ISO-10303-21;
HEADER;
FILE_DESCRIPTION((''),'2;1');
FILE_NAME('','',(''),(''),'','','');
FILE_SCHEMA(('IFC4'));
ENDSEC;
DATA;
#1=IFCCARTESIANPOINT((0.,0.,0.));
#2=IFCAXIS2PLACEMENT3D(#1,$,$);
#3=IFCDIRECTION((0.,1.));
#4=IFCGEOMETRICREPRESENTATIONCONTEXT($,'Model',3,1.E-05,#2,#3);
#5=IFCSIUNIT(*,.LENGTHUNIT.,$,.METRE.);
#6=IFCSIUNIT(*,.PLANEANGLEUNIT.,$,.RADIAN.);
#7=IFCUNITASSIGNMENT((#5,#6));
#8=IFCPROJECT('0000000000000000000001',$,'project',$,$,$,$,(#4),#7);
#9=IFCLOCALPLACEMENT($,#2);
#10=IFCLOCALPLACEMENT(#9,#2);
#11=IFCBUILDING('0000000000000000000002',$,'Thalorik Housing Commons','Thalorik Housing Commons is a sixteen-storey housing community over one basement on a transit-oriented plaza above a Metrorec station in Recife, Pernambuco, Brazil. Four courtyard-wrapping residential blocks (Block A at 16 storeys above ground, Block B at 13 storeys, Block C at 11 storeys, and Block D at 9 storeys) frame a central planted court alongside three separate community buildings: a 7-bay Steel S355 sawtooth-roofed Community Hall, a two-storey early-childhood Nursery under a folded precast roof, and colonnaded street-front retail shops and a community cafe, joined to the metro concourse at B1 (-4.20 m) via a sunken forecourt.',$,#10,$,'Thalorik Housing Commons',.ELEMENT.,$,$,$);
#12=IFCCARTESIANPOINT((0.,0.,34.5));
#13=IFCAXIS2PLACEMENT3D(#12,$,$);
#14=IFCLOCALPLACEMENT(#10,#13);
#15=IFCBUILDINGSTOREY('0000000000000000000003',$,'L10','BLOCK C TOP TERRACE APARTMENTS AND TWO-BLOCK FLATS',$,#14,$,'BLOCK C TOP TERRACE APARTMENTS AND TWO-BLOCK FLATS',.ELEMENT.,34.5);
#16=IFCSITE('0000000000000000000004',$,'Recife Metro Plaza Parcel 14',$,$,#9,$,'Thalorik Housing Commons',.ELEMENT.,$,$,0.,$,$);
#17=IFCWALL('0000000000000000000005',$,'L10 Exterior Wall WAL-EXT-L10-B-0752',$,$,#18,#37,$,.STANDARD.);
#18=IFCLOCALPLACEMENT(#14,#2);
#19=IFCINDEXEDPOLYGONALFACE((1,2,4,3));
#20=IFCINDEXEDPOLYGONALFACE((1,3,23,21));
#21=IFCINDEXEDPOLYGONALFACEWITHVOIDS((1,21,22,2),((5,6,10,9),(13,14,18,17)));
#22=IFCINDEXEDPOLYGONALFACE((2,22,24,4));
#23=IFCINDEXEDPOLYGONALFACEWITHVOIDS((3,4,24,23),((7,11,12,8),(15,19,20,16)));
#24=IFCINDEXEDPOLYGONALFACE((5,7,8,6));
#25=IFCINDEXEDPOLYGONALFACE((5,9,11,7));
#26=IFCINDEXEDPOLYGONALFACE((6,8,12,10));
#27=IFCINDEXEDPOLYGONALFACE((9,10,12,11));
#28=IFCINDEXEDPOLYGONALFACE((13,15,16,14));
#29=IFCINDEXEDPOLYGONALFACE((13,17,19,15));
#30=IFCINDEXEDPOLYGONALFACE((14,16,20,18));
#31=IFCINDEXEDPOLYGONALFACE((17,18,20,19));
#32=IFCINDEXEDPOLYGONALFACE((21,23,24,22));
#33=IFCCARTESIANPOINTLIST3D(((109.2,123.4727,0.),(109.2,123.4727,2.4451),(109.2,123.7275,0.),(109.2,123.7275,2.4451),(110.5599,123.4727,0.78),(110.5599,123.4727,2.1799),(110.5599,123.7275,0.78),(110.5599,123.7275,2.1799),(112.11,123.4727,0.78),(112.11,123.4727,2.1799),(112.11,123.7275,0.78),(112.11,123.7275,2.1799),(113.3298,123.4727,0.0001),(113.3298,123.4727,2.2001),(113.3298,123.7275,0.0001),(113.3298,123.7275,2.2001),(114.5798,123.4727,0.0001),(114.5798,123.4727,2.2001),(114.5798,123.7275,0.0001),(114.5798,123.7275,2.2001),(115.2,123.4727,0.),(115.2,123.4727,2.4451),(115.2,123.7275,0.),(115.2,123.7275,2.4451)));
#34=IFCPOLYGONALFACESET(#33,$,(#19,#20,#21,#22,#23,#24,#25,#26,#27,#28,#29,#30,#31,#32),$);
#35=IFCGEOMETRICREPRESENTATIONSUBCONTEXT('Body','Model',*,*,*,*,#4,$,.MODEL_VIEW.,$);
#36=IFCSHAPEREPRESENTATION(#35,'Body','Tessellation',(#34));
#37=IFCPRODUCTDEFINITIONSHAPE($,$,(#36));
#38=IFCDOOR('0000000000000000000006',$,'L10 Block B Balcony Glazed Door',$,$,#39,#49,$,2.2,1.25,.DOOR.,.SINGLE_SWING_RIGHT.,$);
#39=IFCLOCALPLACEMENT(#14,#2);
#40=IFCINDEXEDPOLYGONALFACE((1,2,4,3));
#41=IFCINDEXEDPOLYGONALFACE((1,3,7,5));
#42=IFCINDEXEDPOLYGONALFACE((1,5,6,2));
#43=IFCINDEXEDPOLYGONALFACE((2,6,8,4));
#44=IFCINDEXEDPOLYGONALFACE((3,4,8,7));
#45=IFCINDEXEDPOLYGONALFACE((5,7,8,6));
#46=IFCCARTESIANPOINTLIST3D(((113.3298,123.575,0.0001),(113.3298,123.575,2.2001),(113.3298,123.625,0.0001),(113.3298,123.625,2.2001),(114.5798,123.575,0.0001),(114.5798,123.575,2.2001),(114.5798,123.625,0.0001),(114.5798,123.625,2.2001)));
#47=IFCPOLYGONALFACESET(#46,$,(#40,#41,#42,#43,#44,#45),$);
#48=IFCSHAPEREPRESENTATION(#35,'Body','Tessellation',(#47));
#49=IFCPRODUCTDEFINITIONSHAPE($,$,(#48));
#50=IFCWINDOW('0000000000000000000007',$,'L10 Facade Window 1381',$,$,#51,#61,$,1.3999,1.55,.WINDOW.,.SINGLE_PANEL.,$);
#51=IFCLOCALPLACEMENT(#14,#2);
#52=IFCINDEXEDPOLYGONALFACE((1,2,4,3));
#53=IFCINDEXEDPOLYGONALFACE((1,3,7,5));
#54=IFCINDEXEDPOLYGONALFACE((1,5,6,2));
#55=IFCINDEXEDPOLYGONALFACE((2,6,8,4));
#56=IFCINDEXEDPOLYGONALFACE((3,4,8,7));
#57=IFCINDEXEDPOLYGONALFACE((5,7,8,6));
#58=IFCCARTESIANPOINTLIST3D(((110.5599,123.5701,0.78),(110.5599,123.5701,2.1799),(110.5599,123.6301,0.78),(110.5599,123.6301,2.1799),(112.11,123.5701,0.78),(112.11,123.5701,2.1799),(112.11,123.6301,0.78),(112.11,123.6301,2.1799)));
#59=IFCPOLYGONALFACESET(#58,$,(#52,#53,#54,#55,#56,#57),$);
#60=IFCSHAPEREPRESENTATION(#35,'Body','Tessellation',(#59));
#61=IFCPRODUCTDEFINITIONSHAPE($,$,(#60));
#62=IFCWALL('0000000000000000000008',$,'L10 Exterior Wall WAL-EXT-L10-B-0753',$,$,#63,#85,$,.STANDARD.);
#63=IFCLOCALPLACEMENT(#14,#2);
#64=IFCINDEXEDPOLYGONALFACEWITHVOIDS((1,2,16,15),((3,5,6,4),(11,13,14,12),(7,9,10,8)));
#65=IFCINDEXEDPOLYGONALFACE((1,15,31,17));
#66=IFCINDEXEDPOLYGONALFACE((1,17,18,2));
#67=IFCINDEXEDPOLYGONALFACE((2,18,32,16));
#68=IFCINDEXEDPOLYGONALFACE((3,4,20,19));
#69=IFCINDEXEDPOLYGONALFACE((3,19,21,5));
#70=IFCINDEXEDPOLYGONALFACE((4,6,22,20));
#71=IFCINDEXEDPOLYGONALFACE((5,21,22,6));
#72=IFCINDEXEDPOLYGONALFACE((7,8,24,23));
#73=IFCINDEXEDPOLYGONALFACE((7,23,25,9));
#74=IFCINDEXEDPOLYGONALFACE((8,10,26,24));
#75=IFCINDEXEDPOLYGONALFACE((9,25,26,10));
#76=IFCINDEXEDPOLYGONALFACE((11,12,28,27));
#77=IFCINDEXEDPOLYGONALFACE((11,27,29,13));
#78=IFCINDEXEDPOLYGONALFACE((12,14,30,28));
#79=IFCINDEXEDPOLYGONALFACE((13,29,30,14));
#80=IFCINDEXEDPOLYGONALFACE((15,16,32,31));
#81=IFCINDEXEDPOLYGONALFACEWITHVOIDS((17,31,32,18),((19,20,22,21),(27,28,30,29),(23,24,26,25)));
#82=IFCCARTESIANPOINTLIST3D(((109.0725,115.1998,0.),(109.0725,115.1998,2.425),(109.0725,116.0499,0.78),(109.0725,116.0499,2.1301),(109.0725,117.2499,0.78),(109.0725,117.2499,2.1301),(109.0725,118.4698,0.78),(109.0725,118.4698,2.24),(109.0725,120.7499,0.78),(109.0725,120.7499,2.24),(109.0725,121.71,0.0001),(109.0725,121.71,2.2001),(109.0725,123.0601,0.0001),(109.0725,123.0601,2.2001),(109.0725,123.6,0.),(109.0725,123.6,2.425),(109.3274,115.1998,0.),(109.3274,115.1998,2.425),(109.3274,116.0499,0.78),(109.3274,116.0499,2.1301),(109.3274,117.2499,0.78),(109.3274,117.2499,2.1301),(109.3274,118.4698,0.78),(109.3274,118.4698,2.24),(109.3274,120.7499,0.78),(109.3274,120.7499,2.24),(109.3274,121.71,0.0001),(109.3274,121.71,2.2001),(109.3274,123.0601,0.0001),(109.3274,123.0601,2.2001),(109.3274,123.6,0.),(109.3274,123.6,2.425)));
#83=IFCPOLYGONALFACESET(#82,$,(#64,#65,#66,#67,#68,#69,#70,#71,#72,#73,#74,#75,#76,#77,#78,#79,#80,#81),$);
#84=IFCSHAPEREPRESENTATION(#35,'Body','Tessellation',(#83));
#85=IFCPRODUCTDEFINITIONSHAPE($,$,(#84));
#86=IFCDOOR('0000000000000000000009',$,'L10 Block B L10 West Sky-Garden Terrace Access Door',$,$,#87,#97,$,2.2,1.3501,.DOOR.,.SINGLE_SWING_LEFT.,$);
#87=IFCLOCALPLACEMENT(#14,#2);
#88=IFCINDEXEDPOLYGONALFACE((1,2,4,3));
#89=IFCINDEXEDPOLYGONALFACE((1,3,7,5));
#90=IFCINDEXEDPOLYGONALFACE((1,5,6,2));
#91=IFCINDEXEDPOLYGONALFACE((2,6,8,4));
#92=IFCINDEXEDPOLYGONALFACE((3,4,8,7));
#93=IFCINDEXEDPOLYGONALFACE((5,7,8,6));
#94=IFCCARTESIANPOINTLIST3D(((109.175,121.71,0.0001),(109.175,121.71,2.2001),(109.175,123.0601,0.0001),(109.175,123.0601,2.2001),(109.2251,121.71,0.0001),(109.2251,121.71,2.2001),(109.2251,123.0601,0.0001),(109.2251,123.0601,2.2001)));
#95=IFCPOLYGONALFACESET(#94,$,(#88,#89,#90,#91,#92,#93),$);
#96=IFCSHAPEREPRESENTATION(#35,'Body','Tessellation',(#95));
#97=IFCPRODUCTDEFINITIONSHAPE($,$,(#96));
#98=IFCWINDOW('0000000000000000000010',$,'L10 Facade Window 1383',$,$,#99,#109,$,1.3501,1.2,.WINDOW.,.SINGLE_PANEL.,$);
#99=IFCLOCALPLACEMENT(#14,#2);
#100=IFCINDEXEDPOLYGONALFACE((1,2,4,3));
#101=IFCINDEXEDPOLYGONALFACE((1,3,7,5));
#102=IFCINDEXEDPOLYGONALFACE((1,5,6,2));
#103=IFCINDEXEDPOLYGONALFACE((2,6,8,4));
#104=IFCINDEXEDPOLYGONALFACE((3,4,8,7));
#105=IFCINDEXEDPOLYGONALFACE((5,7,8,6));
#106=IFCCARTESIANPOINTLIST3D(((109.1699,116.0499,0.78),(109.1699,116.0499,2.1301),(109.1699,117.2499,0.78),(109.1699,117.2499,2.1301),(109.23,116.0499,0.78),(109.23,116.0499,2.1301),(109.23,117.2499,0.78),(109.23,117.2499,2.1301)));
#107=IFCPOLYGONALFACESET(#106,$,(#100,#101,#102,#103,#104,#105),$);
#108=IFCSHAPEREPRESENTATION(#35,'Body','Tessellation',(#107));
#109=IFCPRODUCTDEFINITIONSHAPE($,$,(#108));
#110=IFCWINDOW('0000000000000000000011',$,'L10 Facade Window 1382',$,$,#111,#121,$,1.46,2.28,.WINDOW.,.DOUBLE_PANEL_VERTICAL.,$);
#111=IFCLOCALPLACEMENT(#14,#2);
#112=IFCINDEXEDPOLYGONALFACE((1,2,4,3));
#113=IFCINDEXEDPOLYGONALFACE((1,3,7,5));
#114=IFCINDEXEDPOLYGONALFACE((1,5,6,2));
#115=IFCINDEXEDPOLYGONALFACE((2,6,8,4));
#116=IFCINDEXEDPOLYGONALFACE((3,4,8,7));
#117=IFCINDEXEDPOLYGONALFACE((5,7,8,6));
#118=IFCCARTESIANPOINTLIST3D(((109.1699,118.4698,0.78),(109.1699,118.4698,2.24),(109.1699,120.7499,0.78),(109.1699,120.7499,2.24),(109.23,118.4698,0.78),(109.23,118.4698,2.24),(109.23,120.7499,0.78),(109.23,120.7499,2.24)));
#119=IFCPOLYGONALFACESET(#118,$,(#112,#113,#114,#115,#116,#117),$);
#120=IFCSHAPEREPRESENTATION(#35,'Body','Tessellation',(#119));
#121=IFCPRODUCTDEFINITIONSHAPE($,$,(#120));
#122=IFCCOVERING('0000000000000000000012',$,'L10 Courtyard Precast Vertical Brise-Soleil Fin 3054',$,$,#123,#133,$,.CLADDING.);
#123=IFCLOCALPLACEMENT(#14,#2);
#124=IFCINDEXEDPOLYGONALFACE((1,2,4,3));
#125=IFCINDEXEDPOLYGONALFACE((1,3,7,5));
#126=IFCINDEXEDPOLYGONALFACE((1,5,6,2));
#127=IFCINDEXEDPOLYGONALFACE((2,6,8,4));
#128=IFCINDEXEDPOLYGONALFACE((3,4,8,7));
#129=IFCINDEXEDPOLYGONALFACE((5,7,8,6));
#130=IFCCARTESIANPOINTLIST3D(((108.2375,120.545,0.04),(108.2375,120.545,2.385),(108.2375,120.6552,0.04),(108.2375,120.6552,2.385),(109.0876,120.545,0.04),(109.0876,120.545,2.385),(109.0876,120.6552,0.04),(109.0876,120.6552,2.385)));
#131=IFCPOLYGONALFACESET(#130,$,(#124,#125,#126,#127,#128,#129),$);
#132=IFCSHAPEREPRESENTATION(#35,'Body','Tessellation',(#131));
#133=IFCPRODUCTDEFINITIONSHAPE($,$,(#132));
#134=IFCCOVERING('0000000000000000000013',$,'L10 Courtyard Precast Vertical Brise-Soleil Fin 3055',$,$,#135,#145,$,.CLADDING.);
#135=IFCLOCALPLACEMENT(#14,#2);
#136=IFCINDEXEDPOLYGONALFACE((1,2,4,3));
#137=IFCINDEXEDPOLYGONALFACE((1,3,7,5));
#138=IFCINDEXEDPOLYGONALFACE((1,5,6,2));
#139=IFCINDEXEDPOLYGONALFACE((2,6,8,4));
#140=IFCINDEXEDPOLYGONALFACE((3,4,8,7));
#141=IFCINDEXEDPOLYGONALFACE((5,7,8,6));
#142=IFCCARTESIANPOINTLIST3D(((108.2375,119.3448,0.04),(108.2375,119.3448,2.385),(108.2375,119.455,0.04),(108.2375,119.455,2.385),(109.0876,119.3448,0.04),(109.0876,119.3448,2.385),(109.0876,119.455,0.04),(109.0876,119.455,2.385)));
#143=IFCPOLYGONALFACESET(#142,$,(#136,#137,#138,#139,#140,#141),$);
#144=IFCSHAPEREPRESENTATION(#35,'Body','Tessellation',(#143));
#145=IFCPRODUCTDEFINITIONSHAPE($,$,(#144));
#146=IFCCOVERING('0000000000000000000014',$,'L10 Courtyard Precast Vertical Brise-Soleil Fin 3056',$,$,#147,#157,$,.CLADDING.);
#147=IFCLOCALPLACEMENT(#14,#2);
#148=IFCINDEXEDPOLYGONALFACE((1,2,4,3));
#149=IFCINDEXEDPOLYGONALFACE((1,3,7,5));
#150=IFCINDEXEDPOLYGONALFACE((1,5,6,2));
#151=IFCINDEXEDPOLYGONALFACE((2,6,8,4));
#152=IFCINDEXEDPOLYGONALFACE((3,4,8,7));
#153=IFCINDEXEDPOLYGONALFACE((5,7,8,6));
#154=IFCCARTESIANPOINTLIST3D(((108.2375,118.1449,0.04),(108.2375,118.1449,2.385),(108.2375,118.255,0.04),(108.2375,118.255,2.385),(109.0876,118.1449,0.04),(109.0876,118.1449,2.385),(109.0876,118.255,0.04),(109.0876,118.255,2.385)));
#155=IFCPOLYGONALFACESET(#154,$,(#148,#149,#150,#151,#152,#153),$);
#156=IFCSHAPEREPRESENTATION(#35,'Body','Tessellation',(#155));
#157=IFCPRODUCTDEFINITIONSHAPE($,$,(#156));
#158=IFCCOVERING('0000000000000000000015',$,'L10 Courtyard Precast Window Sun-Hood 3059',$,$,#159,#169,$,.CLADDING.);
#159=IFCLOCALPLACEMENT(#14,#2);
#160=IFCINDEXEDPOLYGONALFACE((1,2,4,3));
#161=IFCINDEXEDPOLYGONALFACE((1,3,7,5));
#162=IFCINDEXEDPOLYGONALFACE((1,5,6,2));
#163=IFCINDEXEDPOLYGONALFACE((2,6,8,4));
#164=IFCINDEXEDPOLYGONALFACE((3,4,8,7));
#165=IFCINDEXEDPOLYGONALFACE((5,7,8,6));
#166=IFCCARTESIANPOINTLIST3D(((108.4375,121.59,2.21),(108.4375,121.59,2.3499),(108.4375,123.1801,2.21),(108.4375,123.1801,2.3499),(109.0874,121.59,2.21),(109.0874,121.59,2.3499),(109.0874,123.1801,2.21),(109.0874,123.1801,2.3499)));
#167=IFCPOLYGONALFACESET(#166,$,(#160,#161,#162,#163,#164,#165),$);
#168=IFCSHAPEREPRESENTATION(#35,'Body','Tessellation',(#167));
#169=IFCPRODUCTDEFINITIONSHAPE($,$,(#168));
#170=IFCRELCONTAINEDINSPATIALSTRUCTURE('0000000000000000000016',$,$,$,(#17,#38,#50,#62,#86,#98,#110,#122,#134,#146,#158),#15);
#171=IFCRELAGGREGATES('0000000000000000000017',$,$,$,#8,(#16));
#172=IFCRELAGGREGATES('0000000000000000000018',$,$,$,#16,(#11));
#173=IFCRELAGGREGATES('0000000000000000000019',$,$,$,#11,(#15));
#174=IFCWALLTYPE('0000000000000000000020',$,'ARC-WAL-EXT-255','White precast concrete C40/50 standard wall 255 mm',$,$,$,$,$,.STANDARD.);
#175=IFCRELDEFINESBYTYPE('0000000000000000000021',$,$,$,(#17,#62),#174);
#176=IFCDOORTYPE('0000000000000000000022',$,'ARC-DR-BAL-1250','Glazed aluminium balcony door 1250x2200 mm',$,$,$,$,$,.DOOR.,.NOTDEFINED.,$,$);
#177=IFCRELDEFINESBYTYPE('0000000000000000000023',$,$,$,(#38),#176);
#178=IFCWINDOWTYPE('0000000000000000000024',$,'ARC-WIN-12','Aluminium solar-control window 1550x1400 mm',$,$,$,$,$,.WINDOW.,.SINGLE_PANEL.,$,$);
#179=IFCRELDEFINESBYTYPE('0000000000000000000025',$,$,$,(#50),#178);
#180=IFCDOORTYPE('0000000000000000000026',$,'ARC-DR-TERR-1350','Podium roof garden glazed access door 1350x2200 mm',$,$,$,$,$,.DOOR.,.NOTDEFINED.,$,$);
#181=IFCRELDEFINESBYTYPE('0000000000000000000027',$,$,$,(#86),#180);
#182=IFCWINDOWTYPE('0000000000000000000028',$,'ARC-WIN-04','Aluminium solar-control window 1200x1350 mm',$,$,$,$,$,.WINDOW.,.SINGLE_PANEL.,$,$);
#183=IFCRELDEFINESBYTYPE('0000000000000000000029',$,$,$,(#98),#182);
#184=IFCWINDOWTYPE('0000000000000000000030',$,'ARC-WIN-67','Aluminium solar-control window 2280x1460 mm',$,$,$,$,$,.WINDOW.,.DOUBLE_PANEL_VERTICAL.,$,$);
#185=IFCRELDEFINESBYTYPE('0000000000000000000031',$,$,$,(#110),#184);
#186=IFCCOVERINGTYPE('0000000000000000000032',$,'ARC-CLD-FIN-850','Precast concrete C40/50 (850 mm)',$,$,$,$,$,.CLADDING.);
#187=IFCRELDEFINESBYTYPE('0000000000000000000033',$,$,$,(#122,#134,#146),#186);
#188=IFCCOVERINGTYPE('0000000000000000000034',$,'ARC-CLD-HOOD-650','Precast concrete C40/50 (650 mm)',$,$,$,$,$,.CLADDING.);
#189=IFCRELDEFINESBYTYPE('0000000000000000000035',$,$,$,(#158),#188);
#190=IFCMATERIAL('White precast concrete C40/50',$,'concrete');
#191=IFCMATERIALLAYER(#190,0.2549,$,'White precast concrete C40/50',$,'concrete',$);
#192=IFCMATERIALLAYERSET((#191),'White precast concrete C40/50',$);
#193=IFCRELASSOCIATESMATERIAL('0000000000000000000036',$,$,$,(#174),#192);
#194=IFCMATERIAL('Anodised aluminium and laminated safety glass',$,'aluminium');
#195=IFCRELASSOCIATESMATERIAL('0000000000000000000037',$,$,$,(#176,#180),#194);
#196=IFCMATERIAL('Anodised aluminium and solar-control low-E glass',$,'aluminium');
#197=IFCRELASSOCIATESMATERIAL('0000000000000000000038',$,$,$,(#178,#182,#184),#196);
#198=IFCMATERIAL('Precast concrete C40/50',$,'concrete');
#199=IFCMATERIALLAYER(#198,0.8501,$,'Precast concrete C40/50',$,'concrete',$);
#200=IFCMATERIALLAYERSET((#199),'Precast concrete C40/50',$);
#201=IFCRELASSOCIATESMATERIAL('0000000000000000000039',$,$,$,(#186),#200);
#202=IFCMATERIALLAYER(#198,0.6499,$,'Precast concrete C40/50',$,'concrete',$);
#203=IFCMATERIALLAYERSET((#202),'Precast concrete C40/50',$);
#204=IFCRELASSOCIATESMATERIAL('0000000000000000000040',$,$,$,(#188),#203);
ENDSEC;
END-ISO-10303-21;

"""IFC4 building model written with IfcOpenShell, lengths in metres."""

from ifc_helpers import new_model, si_unit, direction, frame, frame_2d, origin, origin_2d, place, context, subcontext, project, spatial, rectangle, extrude, material, layer, layer_set, type_object, element, fill, save


model = new_model("IFC4")

# Units and contexts
model_context = context("Model", 3, precision=1e-05, world=origin(), true_north=direction((0.0, 1.0)))
body_context = subcontext(model_context, "Body", "Model", "MODEL_VIEW")
ifc_project = project(units=[si_unit("LENGTHUNIT", "METRE"), si_unit("PLANEANGLEUNIT", "RADIAN")], contexts=[model_context])

# Site, building, storey
site_placement = place(None, origin())
site = spatial("IfcSite", under=ifc_project, at=site_placement, Name="Recife Metro Plaza Parcel 14", LongName="Thalorik Housing Commons", CompositionType="ELEMENT", RefElevation=0.0)
building_placement = place(site_placement, origin())
building = spatial("IfcBuilding", under=site, at=building_placement, Name="Thalorik Housing Commons", Description="Thalorik Housing Commons is a sixteen-storey housing community over one basement on a transit-oriented plaza above a Metrorec station in Recife, Pernambuco, Brazil. Four courtyard-wrapping residential blocks (Block A at 16 storeys above ground, Block B at 13 storeys, Block C at 11 storeys, and Block D at 9 storeys) frame a central planted court alongside three separate community buildings: a 7-bay Steel S355 sawtooth-roofed Community Hall, a two-storey early-childhood Nursery under a folded precast roof, and colonnaded street-front retail shops and a community cafe, joined to the metro concourse at B1 (-4.20 m) via a sunken forecourt.", LongName="Thalorik Housing Commons", CompositionType="ELEMENT")
storey_placement = place(building_placement, frame((0.0, 0.0, 34.5)))
storey = spatial("IfcBuildingStorey", under=building, at=storey_placement, Name="L10", Description="BLOCK C TOP TERRACE APARTMENTS AND TWO-BLOCK FLATS", LongName="BLOCK C TOP TERRACE APARTMENTS AND TWO-BLOCK FLATS", CompositionType="ELEMENT", Elevation=34.5)

# Shared definitions
ifc_material_1 = material(Name="Precast concrete C40/50", Category="concrete")

# Wall, openings, door, window
ifc_material_2 = material(Name="White precast concrete C40/50", Category="concrete")
ifc_layer_1 = layer(ifc_material_2, 0.2549, Name="White precast concrete C40/50", Category="concrete")
ifc_layer_set_1 = layer_set([ifc_layer_1], Name="White precast concrete C40/50")
wall_type_1 = type_object("IfcWallType", Name="ARC-WAL-EXT-255", Description="White precast concrete C40/50 standard wall 255 mm", PredefinedType="STANDARD", material=ifc_layer_set_1)
wall_1_placement = place(storey_placement, frame((115.2, 123.6001, 0.0), z_axis=(0.0, 0.0, 1.0), x_axis=(-1.0, 0.0, 0.0)))
wall_1 = element("IfcWall", 1, at=wall_1_placement, inside=storey, type_object=wall_type_1, Name="L10 Exterior Wall WAL-EXT-L10-B-0752", PredefinedType="STANDARD", context=body_context, shape_type="SweptSolid", body=[
    extrude(rectangle(XDim=6.0, YDim=0.2549, at=frame_2d((3.0, 0.0))), origin(), (0.0, 0.0, 1.0), 2.4451),
])
opening_1_placement = place(wall_1_placement, frame((0.6201, 0.0, 0.0)))
opening_1 = element("IfcOpeningElement", 2, at=opening_1_placement, cuts=wall_1, PredefinedType="OPENING", context=body_context, shape_type="SweptSolid", body=[
    extrude(rectangle(XDim=1.25, YDim=2.2, at=frame_2d((0.625, 1.1001))), frame((0.0, 0.1375, 0.0), z_axis=(0.0, -1.0, 0.0), x_axis=(1.0, 0.0, 0.0)), (0.0, 0.0, 1.0), 0.2749),
])
opening_2_placement = place(wall_1_placement, frame((3.0901, 0.0, 0.78)))
opening_2 = element("IfcOpeningElement", 3, at=opening_2_placement, cuts=wall_1, PredefinedType="OPENING", context=body_context, shape_type="SweptSolid", body=[
    extrude(rectangle(XDim=1.55, YDim=1.3999, at=frame_2d((0.7749, 0.7))), frame((0.0, 0.1375, 0.0), z_axis=(0.0, -1.0, 0.0), x_axis=(1.0, 0.0, 0.0)), (0.0, 0.0, 1.0), 0.2749),
])
ifc_material_3 = material(Name="Anodised aluminium and laminated safety glass", Category="aluminium")
door_type_1 = type_object("IfcDoorType", Name="ARC-DR-BAL-1250", Description="Glazed aluminium balcony door 1250x2200 mm", OperationType="NOTDEFINED", PredefinedType="DOOR", material=ifc_material_3)
door_1_placement = place(opening_1_placement, frame((1.25, 0.0, 0.0), z_axis=(0.0, 0.0, 1.0), x_axis=(-1.0, 0.0, 0.0)))
door_1 = element("IfcDoor", 4, at=door_1_placement, inside=storey, type_object=door_type_1, Name="L10 Block B Balcony Glazed Door", OperationType="SINGLE_SWING_RIGHT", OverallHeight=2.2, OverallWidth=1.25, PredefinedType="DOOR", context=body_context, shape_type="SweptSolid", body=[
    extrude(rectangle(XDim=1.25, YDim=2.2, at=frame_2d((0.625, 1.1001))), frame((0.0, 0.0249, 0.0), z_axis=(0.0, -1.0, 0.0), x_axis=(1.0, 0.0, 0.0)), (0.0, 0.0, 1.0), 0.05),
])
fill(opening_1, door_1)
ifc_material_4 = material(Name="Anodised aluminium and solar-control low-E glass", Category="aluminium")
window_type_1 = type_object("IfcWindowType", Name="ARC-WIN-12", Description="Aluminium solar-control window 1550x1400 mm", PartitioningType="SINGLE_PANEL", PredefinedType="WINDOW", material=ifc_material_4)
window_1_placement = place(opening_2_placement, origin())
window_1 = element("IfcWindow", 5, at=window_1_placement, inside=storey, type_object=window_type_1, Name="L10 Facade Window 1381", OverallHeight=1.3999, OverallWidth=1.55, PartitioningType="SINGLE_PANEL", PredefinedType="WINDOW", context=body_context, shape_type="SweptSolid", body=[
    extrude(rectangle(XDim=1.55, YDim=1.3999, at=frame_2d((0.7749, 0.7))), frame((0.0, 0.03, 0.0), z_axis=(0.0, -1.0, 0.0), x_axis=(1.0, 0.0, 0.0)), (0.0, 0.0, 1.0), 0.0601),
])
fill(opening_2, window_1)

# Wall, openings, door, windows
wall_2_placement = place(storey_placement, frame((109.2, 123.6001, 0.0), z_axis=(0.0, 0.0, 1.0), x_axis=(0.0, -1.0, 0.0)))
wall_2 = element("IfcWall", 6, at=wall_2_placement, inside=storey, type_object=wall_type_1, Name="L10 Exterior Wall WAL-EXT-L10-B-0753", PredefinedType="STANDARD", context=body_context, shape_type="SweptSolid", body=[
    extrude(rectangle(XDim=8.4001, YDim=0.2549, at=frame_2d((4.2002, 0.0))), origin(), (0.0, 0.0, 1.0), 2.425),
])
opening_3_placement = place(wall_2_placement, frame((0.54, 0.0, 0.0)))
opening_3 = element("IfcOpeningElement", 7, at=opening_3_placement, cuts=wall_2, PredefinedType="OPENING", context=body_context, shape_type="SweptSolid", body=[
    extrude(rectangle(XDim=1.3501, YDim=2.2, at=frame_2d((0.675, 1.1001))), frame((0.0, 0.1375, 0.0), z_axis=(0.0, -1.0, 0.0), x_axis=(1.0, 0.0, 0.0)), (0.0, 0.0, 1.0), 0.2749),
])
opening_4_placement = place(wall_2_placement, frame((2.8501, 0.0, 0.78)))
opening_4 = element("IfcOpeningElement", 8, at=opening_4_placement, cuts=wall_2, PredefinedType="OPENING", context=body_context, shape_type="SweptSolid", body=[
    extrude(rectangle(XDim=2.28, YDim=1.46, at=frame_2d((1.1401, 0.73))), frame((0.0, 0.1375, 0.0), z_axis=(0.0, -1.0, 0.0), x_axis=(1.0, 0.0, 0.0)), (0.0, 0.0, 1.0), 0.2749),
])
opening_5_placement = place(wall_2_placement, frame((6.3501, 0.0, 0.78)))
opening_5 = element("IfcOpeningElement", 9, at=opening_5_placement, cuts=wall_2, PredefinedType="OPENING", context=body_context, shape_type="SweptSolid", body=[
    extrude(rectangle(XDim=1.2, YDim=1.3501, at=frame_2d((0.6001, 0.675))), frame((0.0, 0.1375, 0.0), z_axis=(0.0, -1.0, 0.0), x_axis=(1.0, 0.0, 0.0)), (0.0, 0.0, 1.0), 0.2749),
])
door_type_2 = type_object("IfcDoorType", Name="ARC-DR-TERR-1350", Description="Podium roof garden glazed access door 1350x2200 mm", OperationType="NOTDEFINED", PredefinedType="DOOR", material=ifc_material_3)
door_2_placement = place(opening_3_placement, frame((1.3501, 0.0, 0.0), z_axis=(0.0, 0.0, 1.0), x_axis=(-1.0, 0.0, 0.0)))
door_2 = element("IfcDoor", 10, at=door_2_placement, inside=storey, type_object=door_type_2, Name="L10 Block B L10 West Sky-Garden Terrace Access Door", OperationType="SINGLE_SWING_LEFT", OverallHeight=2.2, OverallWidth=1.3501, PredefinedType="DOOR", context=body_context, shape_type="SweptSolid", body=[
    extrude(rectangle(XDim=1.3501, YDim=2.2, at=frame_2d((0.675, 1.1001))), frame((0.0, 0.0249, 0.0), z_axis=(0.0, -1.0, 0.0), x_axis=(1.0, 0.0, 0.0)), (0.0, 0.0, 1.0), 0.05),
])
fill(opening_3, door_2)
window_type_2 = type_object("IfcWindowType", Name="ARC-WIN-04", Description="Aluminium solar-control window 1200x1350 mm", PartitioningType="SINGLE_PANEL", PredefinedType="WINDOW", material=ifc_material_4)
window_2_placement = place(opening_5_placement, origin())
window_2 = element("IfcWindow", 11, at=window_2_placement, inside=storey, type_object=window_type_2, Name="L10 Facade Window 1383", OverallHeight=1.3501, OverallWidth=1.2, PartitioningType="SINGLE_PANEL", PredefinedType="WINDOW", context=body_context, shape_type="SweptSolid", body=[
    extrude(rectangle(XDim=1.2, YDim=1.3501, at=frame_2d((0.6001, 0.675))), frame((0.0, 0.03, 0.0), z_axis=(0.0, -1.0, 0.0), x_axis=(1.0, 0.0, 0.0)), (0.0, 0.0, 1.0), 0.0601),
])
fill(opening_5, window_2)
window_type_3 = type_object("IfcWindowType", Name="ARC-WIN-67", Description="Aluminium solar-control window 2280x1460 mm", PartitioningType="DOUBLE_PANEL_VERTICAL", PredefinedType="WINDOW", material=ifc_material_4)
window_3_placement = place(opening_4_placement, origin())
window_3 = element("IfcWindow", 12, at=window_3_placement, inside=storey, type_object=window_type_3, Name="L10 Facade Window 1382", OverallHeight=1.46, OverallWidth=2.28, PartitioningType="DOUBLE_PANEL_VERTICAL", PredefinedType="WINDOW", context=body_context, shape_type="SweptSolid", body=[
    extrude(rectangle(XDim=2.28, YDim=1.46, at=frame_2d((1.1401, 0.73))), frame((0.0, 0.03, 0.0), z_axis=(0.0, -1.0, 0.0), x_axis=(1.0, 0.0, 0.0)), (0.0, 0.0, 1.0), 0.0601),
])
fill(opening_4, window_3)

# Coverings
ifc_layer_2 = layer(ifc_material_1, 0.8501, Name="Precast concrete C40/50", Category="concrete")
ifc_layer_set_2 = layer_set([ifc_layer_2], Name="Precast concrete C40/50")
covering_type_1 = type_object("IfcCoveringType", Name="ARC-CLD-FIN-850", Description="Precast concrete C40/50 (850 mm)", PredefinedType="CLADDING", material=ifc_layer_set_2)
for number, where, z_axis, x_axis, name in (
    (13, (108.6626, 120.6001, 0.04), (0.0, 0.0, 1.0), (0.0, -1.0, 0.0), "L10 Courtyard Precast Vertical Brise-Soleil Fin 3054"),
    (14, (108.6626, 119.3999, 0.04), (0.0, 0.0, 1.0), (0.0, -1.0, 0.0), "L10 Courtyard Precast Vertical Brise-Soleil Fin 3055"),
    (15, (108.6626, 118.2, 0.04), (0.0, 0.0, 1.0), (0.0, -1.0, 0.0), "L10 Courtyard Precast Vertical Brise-Soleil Fin 3056"),
):
    element("IfcCovering", number, at=place(storey_placement, frame(where, z_axis=z_axis, x_axis=x_axis)), inside=storey, type_object=covering_type_1, Name=name, PredefinedType="CLADDING", context=body_context, shape_type="SweptSolid", body=[
        extrude(rectangle(XDim=0.1101, YDim=0.8501, at=origin_2d()), origin(), (0.0, 0.0, 1.0), 2.345),
    ])
ifc_layer_3 = layer(ifc_material_1, 0.6499, Name="Precast concrete C40/50", Category="concrete")
ifc_layer_set_3 = layer_set([ifc_layer_3], Name="Precast concrete C40/50")
covering_type_2 = type_object("IfcCoveringType", Name="ARC-CLD-HOOD-650", Description="Precast concrete C40/50 (650 mm)", PredefinedType="CLADDING", material=ifc_layer_set_3)
covering_1_placement = place(storey_placement, frame((108.7625, 122.385, 2.21), z_axis=(0.0, 0.0, 1.0), x_axis=(0.0, -1.0, 0.0)))
element("IfcCovering", 16, at=covering_1_placement, inside=storey, type_object=covering_type_2, Name="L10 Courtyard Precast Window Sun-Hood 3059", PredefinedType="CLADDING", context=body_context, shape_type="SweptSolid", body=[
    extrude(rectangle(XDim=1.5901, YDim=0.6499, at=origin_2d()), origin(), (0.0, 0.0, 1.0), 0.1399),
])

save(model, "model.ifc")
